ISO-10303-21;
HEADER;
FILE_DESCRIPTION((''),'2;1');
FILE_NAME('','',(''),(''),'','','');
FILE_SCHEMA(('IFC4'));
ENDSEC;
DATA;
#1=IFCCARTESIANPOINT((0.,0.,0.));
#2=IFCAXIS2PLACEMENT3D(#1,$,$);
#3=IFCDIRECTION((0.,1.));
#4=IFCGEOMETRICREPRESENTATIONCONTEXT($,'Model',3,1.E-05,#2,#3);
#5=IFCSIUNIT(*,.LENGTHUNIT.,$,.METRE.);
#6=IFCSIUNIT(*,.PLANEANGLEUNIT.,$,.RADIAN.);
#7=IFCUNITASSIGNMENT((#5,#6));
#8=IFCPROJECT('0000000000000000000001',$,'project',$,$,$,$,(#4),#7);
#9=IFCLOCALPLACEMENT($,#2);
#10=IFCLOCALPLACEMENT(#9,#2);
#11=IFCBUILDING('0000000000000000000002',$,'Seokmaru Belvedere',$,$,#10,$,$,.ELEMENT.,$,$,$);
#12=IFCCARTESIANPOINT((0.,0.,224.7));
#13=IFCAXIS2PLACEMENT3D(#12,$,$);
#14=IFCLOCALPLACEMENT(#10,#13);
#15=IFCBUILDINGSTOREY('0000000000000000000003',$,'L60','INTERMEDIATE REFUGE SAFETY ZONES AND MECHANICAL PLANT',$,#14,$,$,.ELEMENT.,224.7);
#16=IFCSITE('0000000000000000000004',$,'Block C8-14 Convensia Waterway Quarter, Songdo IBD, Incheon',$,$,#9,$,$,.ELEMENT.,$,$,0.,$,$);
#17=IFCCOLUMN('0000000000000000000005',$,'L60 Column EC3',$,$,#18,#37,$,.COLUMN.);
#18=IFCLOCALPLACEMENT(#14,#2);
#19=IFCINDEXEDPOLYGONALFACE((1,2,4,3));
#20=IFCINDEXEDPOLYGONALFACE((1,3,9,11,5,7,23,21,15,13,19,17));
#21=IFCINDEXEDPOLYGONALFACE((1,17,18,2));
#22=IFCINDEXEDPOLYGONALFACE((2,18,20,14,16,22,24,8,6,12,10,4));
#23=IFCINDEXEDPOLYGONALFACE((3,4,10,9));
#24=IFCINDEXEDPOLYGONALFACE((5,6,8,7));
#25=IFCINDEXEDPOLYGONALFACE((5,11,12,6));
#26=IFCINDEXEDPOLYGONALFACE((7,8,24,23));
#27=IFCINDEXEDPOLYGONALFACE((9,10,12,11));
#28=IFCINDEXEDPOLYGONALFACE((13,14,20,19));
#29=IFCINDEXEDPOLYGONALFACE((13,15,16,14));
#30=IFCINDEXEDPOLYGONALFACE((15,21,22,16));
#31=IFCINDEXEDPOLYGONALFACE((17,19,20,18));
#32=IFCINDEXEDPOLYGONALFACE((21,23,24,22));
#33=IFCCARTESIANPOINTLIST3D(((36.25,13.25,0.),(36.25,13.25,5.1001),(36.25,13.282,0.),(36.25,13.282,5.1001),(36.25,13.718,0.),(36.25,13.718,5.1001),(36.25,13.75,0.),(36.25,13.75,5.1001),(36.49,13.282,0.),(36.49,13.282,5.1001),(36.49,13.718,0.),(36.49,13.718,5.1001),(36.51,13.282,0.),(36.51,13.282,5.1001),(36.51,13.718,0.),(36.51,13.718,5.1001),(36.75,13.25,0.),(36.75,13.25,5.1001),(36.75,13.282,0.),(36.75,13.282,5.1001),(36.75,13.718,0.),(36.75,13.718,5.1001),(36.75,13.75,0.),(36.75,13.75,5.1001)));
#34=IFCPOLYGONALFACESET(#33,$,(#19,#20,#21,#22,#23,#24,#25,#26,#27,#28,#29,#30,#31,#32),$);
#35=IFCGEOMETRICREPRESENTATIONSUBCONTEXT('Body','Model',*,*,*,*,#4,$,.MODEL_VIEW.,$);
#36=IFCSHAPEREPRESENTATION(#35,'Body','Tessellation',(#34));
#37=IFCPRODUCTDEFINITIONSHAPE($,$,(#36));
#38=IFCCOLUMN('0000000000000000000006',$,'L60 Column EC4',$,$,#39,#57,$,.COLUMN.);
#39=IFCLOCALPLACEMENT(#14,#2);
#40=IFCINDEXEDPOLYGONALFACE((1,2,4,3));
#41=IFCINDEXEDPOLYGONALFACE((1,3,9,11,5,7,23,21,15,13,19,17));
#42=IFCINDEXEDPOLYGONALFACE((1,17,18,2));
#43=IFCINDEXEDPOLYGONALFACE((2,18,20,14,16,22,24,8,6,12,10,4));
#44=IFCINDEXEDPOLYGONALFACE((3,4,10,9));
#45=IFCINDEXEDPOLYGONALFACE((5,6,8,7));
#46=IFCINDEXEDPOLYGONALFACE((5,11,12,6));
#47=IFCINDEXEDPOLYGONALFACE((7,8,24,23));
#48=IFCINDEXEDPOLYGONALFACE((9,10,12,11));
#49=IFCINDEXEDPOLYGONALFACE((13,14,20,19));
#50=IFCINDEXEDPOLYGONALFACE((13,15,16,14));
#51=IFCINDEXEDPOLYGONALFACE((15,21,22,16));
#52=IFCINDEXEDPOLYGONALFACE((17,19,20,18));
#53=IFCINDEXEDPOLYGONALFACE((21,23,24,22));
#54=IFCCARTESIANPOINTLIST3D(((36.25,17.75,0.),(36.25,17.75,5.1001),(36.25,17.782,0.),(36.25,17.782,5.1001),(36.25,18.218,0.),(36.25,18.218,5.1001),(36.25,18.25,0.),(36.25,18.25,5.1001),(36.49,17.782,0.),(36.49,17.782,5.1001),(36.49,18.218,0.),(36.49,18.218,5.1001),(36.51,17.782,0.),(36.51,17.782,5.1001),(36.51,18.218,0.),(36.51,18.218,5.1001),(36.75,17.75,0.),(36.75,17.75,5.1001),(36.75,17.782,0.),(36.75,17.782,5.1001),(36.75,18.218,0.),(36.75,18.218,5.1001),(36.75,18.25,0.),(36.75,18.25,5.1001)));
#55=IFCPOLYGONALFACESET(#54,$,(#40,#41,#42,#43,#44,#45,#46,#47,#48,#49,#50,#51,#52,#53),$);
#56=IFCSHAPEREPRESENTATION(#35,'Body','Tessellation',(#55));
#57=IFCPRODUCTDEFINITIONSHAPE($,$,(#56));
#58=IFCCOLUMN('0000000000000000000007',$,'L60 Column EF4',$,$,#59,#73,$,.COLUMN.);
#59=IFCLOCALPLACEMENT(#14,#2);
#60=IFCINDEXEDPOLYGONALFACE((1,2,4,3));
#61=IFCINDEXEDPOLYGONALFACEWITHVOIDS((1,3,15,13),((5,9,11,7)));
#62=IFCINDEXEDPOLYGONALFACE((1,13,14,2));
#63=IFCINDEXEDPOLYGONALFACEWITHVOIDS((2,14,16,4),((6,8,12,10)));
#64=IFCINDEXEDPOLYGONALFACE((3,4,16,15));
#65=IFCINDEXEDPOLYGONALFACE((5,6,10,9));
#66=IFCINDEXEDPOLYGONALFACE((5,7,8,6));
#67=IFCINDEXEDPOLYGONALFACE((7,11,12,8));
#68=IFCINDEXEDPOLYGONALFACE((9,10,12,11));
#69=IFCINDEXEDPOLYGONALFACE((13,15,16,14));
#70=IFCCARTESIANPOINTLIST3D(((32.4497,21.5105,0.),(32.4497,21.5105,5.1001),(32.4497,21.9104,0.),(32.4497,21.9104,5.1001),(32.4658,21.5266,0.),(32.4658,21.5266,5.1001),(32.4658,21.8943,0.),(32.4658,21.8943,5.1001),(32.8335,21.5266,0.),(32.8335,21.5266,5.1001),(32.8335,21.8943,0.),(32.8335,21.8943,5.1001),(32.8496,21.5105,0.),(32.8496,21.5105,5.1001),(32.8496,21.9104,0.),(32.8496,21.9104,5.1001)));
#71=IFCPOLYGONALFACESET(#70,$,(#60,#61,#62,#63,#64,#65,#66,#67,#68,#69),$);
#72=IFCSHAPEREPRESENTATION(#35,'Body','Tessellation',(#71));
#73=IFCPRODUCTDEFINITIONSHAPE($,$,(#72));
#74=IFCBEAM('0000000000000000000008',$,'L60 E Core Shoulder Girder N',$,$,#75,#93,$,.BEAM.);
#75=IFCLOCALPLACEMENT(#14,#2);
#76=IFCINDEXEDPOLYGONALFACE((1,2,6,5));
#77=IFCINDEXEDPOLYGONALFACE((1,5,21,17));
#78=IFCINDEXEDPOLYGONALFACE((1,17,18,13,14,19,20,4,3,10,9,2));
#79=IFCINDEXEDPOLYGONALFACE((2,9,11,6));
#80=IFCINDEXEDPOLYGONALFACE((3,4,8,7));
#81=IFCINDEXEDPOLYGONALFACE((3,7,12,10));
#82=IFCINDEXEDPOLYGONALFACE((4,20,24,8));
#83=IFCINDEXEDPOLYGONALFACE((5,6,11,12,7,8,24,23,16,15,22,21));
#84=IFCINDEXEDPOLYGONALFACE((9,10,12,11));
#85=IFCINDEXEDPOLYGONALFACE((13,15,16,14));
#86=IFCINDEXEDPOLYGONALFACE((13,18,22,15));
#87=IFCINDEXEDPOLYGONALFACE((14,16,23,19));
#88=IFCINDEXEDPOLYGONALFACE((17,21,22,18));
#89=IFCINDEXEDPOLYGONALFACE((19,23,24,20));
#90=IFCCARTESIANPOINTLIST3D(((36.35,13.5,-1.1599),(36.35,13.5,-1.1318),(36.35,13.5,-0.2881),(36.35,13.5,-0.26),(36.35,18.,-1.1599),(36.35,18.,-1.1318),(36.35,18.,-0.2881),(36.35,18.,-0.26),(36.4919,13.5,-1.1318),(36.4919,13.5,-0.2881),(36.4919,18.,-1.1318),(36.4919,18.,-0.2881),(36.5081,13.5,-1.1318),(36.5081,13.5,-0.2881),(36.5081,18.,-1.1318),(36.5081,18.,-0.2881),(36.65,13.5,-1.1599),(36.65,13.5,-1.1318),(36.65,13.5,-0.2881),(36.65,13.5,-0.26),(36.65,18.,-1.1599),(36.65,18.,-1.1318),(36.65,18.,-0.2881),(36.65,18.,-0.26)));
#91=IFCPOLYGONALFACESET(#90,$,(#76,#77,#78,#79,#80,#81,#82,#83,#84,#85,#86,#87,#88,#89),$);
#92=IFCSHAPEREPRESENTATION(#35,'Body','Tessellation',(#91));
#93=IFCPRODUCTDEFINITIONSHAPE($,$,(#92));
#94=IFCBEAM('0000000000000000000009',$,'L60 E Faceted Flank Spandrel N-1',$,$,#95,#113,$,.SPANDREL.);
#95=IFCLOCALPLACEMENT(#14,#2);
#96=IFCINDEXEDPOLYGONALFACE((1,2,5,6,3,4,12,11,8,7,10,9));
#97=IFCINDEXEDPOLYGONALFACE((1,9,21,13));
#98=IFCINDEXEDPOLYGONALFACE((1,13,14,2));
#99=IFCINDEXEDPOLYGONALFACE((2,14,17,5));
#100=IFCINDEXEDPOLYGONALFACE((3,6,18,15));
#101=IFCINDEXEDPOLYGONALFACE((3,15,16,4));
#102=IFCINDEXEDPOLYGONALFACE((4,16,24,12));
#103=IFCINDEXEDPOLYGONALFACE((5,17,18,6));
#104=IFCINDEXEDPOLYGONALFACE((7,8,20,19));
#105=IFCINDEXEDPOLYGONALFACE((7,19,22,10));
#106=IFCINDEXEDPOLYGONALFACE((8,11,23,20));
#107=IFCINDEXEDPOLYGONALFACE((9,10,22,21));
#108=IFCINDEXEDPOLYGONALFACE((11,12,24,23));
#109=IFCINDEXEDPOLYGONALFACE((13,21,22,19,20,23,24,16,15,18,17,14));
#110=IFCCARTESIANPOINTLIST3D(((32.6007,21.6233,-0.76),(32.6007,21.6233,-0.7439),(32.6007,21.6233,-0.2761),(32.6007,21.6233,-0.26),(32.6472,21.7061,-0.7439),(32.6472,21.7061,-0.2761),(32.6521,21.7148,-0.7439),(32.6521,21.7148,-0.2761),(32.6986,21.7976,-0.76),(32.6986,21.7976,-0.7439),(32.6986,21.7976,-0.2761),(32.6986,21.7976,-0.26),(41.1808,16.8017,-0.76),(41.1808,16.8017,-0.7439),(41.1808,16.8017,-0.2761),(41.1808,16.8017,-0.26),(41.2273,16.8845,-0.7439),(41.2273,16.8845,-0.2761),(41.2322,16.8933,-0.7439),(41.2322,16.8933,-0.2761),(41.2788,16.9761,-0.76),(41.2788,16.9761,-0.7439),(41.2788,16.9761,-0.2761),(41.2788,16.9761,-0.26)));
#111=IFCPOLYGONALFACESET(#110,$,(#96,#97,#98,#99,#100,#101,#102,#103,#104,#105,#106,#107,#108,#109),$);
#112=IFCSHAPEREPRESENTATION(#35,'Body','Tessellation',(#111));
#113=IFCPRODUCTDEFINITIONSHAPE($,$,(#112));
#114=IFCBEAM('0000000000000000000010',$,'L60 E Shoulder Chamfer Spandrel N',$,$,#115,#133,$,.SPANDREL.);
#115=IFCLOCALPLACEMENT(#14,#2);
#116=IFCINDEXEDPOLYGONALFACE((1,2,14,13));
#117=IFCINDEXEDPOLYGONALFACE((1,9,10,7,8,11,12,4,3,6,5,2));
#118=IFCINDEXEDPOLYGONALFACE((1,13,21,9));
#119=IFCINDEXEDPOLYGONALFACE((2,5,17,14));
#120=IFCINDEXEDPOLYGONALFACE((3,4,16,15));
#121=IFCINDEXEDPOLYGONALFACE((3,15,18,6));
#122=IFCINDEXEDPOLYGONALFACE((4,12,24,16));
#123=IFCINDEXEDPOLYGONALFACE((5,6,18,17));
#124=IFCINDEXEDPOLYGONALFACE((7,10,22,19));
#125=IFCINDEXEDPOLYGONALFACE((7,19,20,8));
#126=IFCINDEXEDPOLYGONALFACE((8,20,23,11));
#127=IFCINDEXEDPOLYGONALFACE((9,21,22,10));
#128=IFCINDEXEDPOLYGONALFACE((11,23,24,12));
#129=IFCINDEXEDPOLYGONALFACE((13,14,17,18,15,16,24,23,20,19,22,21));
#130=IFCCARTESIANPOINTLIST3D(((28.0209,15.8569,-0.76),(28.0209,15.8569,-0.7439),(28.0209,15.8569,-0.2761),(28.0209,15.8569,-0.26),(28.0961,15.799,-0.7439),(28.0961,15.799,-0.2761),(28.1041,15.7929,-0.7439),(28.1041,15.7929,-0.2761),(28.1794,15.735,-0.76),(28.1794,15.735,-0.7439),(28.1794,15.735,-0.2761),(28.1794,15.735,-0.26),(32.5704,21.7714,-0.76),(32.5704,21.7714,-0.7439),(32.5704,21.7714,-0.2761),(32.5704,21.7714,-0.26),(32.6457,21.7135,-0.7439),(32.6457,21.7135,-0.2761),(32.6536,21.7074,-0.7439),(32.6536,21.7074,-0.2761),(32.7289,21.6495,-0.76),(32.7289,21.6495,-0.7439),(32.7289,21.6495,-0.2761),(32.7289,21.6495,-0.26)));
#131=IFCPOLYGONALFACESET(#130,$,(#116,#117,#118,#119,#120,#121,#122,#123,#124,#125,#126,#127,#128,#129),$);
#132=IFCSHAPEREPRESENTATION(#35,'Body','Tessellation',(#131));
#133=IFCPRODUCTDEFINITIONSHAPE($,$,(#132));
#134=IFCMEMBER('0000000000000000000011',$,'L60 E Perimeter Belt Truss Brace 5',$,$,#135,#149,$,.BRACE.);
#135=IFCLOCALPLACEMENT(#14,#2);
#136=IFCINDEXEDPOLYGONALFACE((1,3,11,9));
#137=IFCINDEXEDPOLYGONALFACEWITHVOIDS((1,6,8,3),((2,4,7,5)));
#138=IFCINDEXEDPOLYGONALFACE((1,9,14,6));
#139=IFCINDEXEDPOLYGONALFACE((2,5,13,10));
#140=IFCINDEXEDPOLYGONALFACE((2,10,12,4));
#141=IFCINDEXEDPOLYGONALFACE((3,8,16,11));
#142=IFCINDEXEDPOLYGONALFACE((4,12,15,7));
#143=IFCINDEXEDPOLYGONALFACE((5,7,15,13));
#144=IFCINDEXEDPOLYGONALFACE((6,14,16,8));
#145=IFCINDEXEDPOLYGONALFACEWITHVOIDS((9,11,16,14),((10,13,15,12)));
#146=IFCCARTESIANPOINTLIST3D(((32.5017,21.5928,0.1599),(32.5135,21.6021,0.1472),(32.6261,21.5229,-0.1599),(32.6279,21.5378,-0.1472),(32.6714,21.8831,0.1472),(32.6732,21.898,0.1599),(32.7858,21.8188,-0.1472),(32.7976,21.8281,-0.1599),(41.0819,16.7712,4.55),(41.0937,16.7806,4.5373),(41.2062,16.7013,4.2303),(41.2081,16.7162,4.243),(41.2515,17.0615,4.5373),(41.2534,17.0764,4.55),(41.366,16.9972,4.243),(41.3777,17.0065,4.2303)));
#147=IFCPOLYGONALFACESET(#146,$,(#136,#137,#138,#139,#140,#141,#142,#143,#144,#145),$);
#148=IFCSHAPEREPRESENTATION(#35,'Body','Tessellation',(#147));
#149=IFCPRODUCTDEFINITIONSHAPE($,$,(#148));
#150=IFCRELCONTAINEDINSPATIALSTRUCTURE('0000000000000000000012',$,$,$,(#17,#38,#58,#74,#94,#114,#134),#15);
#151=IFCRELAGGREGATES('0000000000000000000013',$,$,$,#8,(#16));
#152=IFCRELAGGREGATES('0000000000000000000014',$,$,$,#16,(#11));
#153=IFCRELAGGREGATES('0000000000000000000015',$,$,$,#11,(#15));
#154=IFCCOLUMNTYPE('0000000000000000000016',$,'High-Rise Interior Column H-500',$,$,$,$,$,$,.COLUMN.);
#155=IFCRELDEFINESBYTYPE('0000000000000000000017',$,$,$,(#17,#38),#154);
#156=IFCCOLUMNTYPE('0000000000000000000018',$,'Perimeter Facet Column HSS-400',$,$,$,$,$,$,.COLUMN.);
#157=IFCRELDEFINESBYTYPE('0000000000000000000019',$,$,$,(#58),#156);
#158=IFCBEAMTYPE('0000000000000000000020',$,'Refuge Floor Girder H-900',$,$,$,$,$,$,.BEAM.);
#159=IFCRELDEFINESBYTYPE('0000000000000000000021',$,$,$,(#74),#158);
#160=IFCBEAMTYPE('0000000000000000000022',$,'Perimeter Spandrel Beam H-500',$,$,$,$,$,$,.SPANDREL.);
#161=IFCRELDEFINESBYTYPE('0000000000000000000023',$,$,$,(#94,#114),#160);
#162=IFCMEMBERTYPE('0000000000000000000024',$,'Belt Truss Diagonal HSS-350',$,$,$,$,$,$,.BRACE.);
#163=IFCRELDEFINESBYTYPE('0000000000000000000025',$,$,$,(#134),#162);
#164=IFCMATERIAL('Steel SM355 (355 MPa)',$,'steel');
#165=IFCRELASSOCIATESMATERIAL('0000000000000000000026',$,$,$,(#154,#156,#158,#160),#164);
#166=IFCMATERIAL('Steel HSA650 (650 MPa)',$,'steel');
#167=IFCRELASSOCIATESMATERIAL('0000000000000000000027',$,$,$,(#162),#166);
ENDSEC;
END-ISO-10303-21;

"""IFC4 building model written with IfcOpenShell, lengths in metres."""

from ifc_helpers import new_model, si_unit, direction, frame, origin, origin_2d, place, context, subcontext, project, spatial, hollow_rectangle, i_section, extrude, source, transform, mapped, material, material_profile, profile_set, type_object, type_shapes, element, save


model = new_model("IFC4")

# Units and contexts
model_context = context("Model", 3, precision=1e-05, world=origin(), true_north=direction((0.0, 1.0)))
body_context = subcontext(model_context, "Body", "Model", "MODEL_VIEW")
ifc_project = project(units=[si_unit("LENGTHUNIT", "METRE"), si_unit("PLANEANGLEUNIT", "RADIAN")], contexts=[model_context])

# Site, building, storey
site_placement = place(None, origin())
site = spatial("IfcSite", under=ifc_project, at=site_placement, Name="Block C8-14 Convensia Waterway Quarter, Songdo IBD, Incheon", CompositionType="ELEMENT", RefElevation=0.0)
building_placement = place(site_placement, origin())
building = spatial("IfcBuilding", under=site, at=building_placement, Name="Seokmaru Belvedere", CompositionType="ELEMENT")
storey_placement = place(building_placement, frame((0.0, 0.0, 224.7)))
storey = spatial("IfcBuildingStorey", under=building, at=storey_placement, Name="L60", Description="INTERMEDIATE REFUGE SAFETY ZONES AND MECHANICAL PLANT", CompositionType="ELEMENT", Elevation=224.7)

# Columns
ifc_material_1 = material(Name="Steel SM355 (355 MPa)", Category="steel")
ifc_material_profile_1 = material_profile(ifc_material_1, i_section(OverallWidth=0.5, OverallDepth=0.5, WebThickness=0.02, FlangeThickness=0.032, at=origin_2d()), Name="H-500x500x20x32")
ifc_profile_set_1 = profile_set([ifc_material_profile_1], Name="Steel SM355 (355 MPa)")
column_type_1 = type_object("IfcColumnType", Name="High-Rise Interior Column H-500", PredefinedType="COLUMN", material=ifc_profile_set_1)
shared_shape_1 = source(origin(), body_context, "Body", "SweptSolid", [
    extrude(i_section(OverallWidth=0.5, OverallDepth=0.5, WebThickness=0.02, FlangeThickness=0.032, at=origin_2d()), origin(), (0.0, 0.0, 1.0), 5.1001),
])
type_shapes(column_type_1, [shared_shape_1])
for number, where, z_axis, x_axis, name in (
    (1, (36.5, 13.5, 0.0), (0.0, 0.0, 1.0), (1.0, 0.0, 0.0), "L60 Column EC3"),
    (2, (36.5, 18.0, 0.0), (0.0, 0.0, 1.0), (1.0, 0.0, 0.0), "L60 Column EC4"),
):
    element("IfcColumn", number, at=place(storey_placement, frame(where, z_axis=z_axis, x_axis=x_axis)), inside=storey, type_object=column_type_1, Name=name, PredefinedType="COLUMN", context=body_context, shape_type="MappedRepresentation", body=[
        mapped(shared_shape_1, transform((0.0, 0.0, 0.0), scale=1.0)),
    ])
ifc_material_profile_2 = material_profile(ifc_material_1, hollow_rectangle(XDim=0.3999, YDim=0.3999, WallThickness=0.0161, at=origin_2d()), Name="HSS-400x400x16")
ifc_profile_set_2 = profile_set([ifc_material_profile_2], Name="Steel SM355 (355 MPa)")
column_type_2 = type_object("IfcColumnType", Name="Perimeter Facet Column HSS-400", PredefinedType="COLUMN", material=ifc_profile_set_2)
shared_shape_2 = source(origin(), body_context, "Body", "SweptSolid", [
    extrude(hollow_rectangle(XDim=0.3999, YDim=0.3999, WallThickness=0.0161, at=origin_2d()), origin(), (0.0, 0.0, 1.0), 5.1001),
])
type_shapes(column_type_2, [shared_shape_2])
column_placement = place(storey_placement, frame((32.6497, 21.7104, 0.0), z_axis=(0.0, 0.0, 1.0), x_axis=(1.0, 0.0, 0.0)))
element("IfcColumn", 3, at=column_placement, inside=storey, type_object=column_type_2, Name="L60 Column EF4", PredefinedType="COLUMN", context=body_context, shape_type="MappedRepresentation", body=[
    mapped(shared_shape_2, transform((0.0, 0.0, 0.0), scale=1.0)),
])

# Beams
ifc_material_profile_3 = material_profile(ifc_material_1, i_section(OverallWidth=0.3, OverallDepth=0.8999, WebThickness=0.0161, FlangeThickness=0.0281, at=origin_2d()), Name="H-900x300x16x28")
ifc_profile_set_3 = profile_set([ifc_material_profile_3], Name="Steel SM355 (355 MPa)")
beam_type_1 = type_object("IfcBeamType", Name="Refuge Floor Girder H-900", PredefinedType="BEAM", material=ifc_profile_set_3)
shared_shape_3 = source(origin(), body_context, "Body", "SweptSolid", [
    extrude(i_section(OverallWidth=0.3, OverallDepth=0.8999, WebThickness=0.0161, FlangeThickness=0.0281, at=origin_2d()), origin(), (0.0, 0.0, 1.0), 4.5),
])
type_shapes(beam_type_1, [shared_shape_3])
beam_1_placement = place(storey_placement, frame((36.5, 13.5, -0.71), z_axis=(0.0, 1.0, 0.0), x_axis=(-1.0, 0.0, 0.0)))
element("IfcBeam", 4, at=beam_1_placement, inside=storey, type_object=beam_type_1, Name="L60 E Core Shoulder Girder N", PredefinedType="BEAM", context=body_context, shape_type="MappedRepresentation", body=[
    mapped(shared_shape_3, transform((0.0, 0.0, 0.0), scale=1.0)),
])
ifc_material_profile_4 = material_profile(ifc_material_1, i_section(OverallWidth=0.2, OverallDepth=0.5, WebThickness=0.01, FlangeThickness=0.0161, at=origin_2d()), Name="H-500x200x10x16")
ifc_profile_set_4 = profile_set([ifc_material_profile_4], Name="Steel SM355 (355 MPa)")
beam_type_2 = type_object("IfcBeamType", Name="Perimeter Spandrel Beam H-500", PredefinedType="SPANDREL", material=ifc_profile_set_4)
shared_shape_4 = source(origin(), body_context, "Body", "SweptSolid", [
    extrude(i_section(OverallWidth=0.2, OverallDepth=0.5, WebThickness=0.01, FlangeThickness=0.0161, at=origin_2d()), origin(), (0.0, 0.0, 1.0), 9.842),
])
beam_2_placement = place(storey_placement, frame((32.6497, 21.7104, -0.51), z_axis=(0.871782, -0.489894, 0.0), x_axis=(0.489894, 0.871782, 0.0)))
element("IfcBeam", 5, at=beam_2_placement, inside=storey, type_object=beam_type_2, Name="L60 E Faceted Flank Spandrel N-1", PredefinedType="SPANDREL", context=body_context, shape_type="MappedRepresentation", body=[
    mapped(shared_shape_4, transform((0.0, 0.0, 0.0), scale=1.0)),
])
shared_shape_5 = source(origin(), body_context, "Body", "SweptSolid", [
    extrude(i_section(OverallWidth=0.2, OverallDepth=0.5, WebThickness=0.01, FlangeThickness=0.0161, at=origin_2d()), origin(), (0.0, 0.0, 1.0), 7.4619),
])
type_shapes(beam_type_2, [shared_shape_4, shared_shape_5])
beam_3_placement = place(storey_placement, frame((32.6497, 21.7104, -0.51), z_axis=(-0.609703, -0.79263, 0.0), x_axis=(0.79263, -0.609703, 0.0)))
element("IfcBeam", 6, at=beam_3_placement, inside=storey, type_object=beam_type_2, Name="L60 E Shoulder Chamfer Spandrel N", PredefinedType="SPANDREL", context=body_context, shape_type="MappedRepresentation", body=[
    mapped(shared_shape_5, transform((0.0, 0.0, 0.0), scale=1.0)),
])

# Member
ifc_material_2 = material(Name="Steel HSA650 (650 MPa)", Category="steel")
ifc_material_profile_5 = material_profile(ifc_material_2, hollow_rectangle(XDim=0.3501, YDim=0.3501, WallThickness=0.0139, at=origin_2d()), Name="HSS-350x350x14")
ifc_profile_set_5 = profile_set([ifc_material_profile_5], Name="Steel HSA650 (650 MPa)")
member_type_1 = type_object("IfcMemberType", Name="Belt Truss Diagonal HSS-350", PredefinedType="BRACE", material=ifc_profile_set_5)
shared_shape_6 = source(origin(), body_context, "Body", "SweptSolid", [
    extrude(hollow_rectangle(XDim=0.3501, YDim=0.3501, WallThickness=0.0139, at=origin_2d()), origin(), (0.0, 0.0, 1.0), 10.7769),
])
type_shapes(member_type_1, [shared_shape_6])
member_1_placement = place(storey_placement, frame((32.6497, 21.7104, 0.0), z_axis=(0.796166, -0.447402, 0.407371), x_axis=(0.489894, 0.871782, 0.0)))
element("IfcMember", 7, at=member_1_placement, inside=storey, type_object=member_type_1, Name="L60 E Perimeter Belt Truss Brace 5", PredefinedType="BRACE", context=body_context, shape_type="MappedRepresentation", body=[
    mapped(shared_shape_6, transform((0.0, 0.0, 0.0), scale=1.0)),
])

save(model, "model.ifc")
